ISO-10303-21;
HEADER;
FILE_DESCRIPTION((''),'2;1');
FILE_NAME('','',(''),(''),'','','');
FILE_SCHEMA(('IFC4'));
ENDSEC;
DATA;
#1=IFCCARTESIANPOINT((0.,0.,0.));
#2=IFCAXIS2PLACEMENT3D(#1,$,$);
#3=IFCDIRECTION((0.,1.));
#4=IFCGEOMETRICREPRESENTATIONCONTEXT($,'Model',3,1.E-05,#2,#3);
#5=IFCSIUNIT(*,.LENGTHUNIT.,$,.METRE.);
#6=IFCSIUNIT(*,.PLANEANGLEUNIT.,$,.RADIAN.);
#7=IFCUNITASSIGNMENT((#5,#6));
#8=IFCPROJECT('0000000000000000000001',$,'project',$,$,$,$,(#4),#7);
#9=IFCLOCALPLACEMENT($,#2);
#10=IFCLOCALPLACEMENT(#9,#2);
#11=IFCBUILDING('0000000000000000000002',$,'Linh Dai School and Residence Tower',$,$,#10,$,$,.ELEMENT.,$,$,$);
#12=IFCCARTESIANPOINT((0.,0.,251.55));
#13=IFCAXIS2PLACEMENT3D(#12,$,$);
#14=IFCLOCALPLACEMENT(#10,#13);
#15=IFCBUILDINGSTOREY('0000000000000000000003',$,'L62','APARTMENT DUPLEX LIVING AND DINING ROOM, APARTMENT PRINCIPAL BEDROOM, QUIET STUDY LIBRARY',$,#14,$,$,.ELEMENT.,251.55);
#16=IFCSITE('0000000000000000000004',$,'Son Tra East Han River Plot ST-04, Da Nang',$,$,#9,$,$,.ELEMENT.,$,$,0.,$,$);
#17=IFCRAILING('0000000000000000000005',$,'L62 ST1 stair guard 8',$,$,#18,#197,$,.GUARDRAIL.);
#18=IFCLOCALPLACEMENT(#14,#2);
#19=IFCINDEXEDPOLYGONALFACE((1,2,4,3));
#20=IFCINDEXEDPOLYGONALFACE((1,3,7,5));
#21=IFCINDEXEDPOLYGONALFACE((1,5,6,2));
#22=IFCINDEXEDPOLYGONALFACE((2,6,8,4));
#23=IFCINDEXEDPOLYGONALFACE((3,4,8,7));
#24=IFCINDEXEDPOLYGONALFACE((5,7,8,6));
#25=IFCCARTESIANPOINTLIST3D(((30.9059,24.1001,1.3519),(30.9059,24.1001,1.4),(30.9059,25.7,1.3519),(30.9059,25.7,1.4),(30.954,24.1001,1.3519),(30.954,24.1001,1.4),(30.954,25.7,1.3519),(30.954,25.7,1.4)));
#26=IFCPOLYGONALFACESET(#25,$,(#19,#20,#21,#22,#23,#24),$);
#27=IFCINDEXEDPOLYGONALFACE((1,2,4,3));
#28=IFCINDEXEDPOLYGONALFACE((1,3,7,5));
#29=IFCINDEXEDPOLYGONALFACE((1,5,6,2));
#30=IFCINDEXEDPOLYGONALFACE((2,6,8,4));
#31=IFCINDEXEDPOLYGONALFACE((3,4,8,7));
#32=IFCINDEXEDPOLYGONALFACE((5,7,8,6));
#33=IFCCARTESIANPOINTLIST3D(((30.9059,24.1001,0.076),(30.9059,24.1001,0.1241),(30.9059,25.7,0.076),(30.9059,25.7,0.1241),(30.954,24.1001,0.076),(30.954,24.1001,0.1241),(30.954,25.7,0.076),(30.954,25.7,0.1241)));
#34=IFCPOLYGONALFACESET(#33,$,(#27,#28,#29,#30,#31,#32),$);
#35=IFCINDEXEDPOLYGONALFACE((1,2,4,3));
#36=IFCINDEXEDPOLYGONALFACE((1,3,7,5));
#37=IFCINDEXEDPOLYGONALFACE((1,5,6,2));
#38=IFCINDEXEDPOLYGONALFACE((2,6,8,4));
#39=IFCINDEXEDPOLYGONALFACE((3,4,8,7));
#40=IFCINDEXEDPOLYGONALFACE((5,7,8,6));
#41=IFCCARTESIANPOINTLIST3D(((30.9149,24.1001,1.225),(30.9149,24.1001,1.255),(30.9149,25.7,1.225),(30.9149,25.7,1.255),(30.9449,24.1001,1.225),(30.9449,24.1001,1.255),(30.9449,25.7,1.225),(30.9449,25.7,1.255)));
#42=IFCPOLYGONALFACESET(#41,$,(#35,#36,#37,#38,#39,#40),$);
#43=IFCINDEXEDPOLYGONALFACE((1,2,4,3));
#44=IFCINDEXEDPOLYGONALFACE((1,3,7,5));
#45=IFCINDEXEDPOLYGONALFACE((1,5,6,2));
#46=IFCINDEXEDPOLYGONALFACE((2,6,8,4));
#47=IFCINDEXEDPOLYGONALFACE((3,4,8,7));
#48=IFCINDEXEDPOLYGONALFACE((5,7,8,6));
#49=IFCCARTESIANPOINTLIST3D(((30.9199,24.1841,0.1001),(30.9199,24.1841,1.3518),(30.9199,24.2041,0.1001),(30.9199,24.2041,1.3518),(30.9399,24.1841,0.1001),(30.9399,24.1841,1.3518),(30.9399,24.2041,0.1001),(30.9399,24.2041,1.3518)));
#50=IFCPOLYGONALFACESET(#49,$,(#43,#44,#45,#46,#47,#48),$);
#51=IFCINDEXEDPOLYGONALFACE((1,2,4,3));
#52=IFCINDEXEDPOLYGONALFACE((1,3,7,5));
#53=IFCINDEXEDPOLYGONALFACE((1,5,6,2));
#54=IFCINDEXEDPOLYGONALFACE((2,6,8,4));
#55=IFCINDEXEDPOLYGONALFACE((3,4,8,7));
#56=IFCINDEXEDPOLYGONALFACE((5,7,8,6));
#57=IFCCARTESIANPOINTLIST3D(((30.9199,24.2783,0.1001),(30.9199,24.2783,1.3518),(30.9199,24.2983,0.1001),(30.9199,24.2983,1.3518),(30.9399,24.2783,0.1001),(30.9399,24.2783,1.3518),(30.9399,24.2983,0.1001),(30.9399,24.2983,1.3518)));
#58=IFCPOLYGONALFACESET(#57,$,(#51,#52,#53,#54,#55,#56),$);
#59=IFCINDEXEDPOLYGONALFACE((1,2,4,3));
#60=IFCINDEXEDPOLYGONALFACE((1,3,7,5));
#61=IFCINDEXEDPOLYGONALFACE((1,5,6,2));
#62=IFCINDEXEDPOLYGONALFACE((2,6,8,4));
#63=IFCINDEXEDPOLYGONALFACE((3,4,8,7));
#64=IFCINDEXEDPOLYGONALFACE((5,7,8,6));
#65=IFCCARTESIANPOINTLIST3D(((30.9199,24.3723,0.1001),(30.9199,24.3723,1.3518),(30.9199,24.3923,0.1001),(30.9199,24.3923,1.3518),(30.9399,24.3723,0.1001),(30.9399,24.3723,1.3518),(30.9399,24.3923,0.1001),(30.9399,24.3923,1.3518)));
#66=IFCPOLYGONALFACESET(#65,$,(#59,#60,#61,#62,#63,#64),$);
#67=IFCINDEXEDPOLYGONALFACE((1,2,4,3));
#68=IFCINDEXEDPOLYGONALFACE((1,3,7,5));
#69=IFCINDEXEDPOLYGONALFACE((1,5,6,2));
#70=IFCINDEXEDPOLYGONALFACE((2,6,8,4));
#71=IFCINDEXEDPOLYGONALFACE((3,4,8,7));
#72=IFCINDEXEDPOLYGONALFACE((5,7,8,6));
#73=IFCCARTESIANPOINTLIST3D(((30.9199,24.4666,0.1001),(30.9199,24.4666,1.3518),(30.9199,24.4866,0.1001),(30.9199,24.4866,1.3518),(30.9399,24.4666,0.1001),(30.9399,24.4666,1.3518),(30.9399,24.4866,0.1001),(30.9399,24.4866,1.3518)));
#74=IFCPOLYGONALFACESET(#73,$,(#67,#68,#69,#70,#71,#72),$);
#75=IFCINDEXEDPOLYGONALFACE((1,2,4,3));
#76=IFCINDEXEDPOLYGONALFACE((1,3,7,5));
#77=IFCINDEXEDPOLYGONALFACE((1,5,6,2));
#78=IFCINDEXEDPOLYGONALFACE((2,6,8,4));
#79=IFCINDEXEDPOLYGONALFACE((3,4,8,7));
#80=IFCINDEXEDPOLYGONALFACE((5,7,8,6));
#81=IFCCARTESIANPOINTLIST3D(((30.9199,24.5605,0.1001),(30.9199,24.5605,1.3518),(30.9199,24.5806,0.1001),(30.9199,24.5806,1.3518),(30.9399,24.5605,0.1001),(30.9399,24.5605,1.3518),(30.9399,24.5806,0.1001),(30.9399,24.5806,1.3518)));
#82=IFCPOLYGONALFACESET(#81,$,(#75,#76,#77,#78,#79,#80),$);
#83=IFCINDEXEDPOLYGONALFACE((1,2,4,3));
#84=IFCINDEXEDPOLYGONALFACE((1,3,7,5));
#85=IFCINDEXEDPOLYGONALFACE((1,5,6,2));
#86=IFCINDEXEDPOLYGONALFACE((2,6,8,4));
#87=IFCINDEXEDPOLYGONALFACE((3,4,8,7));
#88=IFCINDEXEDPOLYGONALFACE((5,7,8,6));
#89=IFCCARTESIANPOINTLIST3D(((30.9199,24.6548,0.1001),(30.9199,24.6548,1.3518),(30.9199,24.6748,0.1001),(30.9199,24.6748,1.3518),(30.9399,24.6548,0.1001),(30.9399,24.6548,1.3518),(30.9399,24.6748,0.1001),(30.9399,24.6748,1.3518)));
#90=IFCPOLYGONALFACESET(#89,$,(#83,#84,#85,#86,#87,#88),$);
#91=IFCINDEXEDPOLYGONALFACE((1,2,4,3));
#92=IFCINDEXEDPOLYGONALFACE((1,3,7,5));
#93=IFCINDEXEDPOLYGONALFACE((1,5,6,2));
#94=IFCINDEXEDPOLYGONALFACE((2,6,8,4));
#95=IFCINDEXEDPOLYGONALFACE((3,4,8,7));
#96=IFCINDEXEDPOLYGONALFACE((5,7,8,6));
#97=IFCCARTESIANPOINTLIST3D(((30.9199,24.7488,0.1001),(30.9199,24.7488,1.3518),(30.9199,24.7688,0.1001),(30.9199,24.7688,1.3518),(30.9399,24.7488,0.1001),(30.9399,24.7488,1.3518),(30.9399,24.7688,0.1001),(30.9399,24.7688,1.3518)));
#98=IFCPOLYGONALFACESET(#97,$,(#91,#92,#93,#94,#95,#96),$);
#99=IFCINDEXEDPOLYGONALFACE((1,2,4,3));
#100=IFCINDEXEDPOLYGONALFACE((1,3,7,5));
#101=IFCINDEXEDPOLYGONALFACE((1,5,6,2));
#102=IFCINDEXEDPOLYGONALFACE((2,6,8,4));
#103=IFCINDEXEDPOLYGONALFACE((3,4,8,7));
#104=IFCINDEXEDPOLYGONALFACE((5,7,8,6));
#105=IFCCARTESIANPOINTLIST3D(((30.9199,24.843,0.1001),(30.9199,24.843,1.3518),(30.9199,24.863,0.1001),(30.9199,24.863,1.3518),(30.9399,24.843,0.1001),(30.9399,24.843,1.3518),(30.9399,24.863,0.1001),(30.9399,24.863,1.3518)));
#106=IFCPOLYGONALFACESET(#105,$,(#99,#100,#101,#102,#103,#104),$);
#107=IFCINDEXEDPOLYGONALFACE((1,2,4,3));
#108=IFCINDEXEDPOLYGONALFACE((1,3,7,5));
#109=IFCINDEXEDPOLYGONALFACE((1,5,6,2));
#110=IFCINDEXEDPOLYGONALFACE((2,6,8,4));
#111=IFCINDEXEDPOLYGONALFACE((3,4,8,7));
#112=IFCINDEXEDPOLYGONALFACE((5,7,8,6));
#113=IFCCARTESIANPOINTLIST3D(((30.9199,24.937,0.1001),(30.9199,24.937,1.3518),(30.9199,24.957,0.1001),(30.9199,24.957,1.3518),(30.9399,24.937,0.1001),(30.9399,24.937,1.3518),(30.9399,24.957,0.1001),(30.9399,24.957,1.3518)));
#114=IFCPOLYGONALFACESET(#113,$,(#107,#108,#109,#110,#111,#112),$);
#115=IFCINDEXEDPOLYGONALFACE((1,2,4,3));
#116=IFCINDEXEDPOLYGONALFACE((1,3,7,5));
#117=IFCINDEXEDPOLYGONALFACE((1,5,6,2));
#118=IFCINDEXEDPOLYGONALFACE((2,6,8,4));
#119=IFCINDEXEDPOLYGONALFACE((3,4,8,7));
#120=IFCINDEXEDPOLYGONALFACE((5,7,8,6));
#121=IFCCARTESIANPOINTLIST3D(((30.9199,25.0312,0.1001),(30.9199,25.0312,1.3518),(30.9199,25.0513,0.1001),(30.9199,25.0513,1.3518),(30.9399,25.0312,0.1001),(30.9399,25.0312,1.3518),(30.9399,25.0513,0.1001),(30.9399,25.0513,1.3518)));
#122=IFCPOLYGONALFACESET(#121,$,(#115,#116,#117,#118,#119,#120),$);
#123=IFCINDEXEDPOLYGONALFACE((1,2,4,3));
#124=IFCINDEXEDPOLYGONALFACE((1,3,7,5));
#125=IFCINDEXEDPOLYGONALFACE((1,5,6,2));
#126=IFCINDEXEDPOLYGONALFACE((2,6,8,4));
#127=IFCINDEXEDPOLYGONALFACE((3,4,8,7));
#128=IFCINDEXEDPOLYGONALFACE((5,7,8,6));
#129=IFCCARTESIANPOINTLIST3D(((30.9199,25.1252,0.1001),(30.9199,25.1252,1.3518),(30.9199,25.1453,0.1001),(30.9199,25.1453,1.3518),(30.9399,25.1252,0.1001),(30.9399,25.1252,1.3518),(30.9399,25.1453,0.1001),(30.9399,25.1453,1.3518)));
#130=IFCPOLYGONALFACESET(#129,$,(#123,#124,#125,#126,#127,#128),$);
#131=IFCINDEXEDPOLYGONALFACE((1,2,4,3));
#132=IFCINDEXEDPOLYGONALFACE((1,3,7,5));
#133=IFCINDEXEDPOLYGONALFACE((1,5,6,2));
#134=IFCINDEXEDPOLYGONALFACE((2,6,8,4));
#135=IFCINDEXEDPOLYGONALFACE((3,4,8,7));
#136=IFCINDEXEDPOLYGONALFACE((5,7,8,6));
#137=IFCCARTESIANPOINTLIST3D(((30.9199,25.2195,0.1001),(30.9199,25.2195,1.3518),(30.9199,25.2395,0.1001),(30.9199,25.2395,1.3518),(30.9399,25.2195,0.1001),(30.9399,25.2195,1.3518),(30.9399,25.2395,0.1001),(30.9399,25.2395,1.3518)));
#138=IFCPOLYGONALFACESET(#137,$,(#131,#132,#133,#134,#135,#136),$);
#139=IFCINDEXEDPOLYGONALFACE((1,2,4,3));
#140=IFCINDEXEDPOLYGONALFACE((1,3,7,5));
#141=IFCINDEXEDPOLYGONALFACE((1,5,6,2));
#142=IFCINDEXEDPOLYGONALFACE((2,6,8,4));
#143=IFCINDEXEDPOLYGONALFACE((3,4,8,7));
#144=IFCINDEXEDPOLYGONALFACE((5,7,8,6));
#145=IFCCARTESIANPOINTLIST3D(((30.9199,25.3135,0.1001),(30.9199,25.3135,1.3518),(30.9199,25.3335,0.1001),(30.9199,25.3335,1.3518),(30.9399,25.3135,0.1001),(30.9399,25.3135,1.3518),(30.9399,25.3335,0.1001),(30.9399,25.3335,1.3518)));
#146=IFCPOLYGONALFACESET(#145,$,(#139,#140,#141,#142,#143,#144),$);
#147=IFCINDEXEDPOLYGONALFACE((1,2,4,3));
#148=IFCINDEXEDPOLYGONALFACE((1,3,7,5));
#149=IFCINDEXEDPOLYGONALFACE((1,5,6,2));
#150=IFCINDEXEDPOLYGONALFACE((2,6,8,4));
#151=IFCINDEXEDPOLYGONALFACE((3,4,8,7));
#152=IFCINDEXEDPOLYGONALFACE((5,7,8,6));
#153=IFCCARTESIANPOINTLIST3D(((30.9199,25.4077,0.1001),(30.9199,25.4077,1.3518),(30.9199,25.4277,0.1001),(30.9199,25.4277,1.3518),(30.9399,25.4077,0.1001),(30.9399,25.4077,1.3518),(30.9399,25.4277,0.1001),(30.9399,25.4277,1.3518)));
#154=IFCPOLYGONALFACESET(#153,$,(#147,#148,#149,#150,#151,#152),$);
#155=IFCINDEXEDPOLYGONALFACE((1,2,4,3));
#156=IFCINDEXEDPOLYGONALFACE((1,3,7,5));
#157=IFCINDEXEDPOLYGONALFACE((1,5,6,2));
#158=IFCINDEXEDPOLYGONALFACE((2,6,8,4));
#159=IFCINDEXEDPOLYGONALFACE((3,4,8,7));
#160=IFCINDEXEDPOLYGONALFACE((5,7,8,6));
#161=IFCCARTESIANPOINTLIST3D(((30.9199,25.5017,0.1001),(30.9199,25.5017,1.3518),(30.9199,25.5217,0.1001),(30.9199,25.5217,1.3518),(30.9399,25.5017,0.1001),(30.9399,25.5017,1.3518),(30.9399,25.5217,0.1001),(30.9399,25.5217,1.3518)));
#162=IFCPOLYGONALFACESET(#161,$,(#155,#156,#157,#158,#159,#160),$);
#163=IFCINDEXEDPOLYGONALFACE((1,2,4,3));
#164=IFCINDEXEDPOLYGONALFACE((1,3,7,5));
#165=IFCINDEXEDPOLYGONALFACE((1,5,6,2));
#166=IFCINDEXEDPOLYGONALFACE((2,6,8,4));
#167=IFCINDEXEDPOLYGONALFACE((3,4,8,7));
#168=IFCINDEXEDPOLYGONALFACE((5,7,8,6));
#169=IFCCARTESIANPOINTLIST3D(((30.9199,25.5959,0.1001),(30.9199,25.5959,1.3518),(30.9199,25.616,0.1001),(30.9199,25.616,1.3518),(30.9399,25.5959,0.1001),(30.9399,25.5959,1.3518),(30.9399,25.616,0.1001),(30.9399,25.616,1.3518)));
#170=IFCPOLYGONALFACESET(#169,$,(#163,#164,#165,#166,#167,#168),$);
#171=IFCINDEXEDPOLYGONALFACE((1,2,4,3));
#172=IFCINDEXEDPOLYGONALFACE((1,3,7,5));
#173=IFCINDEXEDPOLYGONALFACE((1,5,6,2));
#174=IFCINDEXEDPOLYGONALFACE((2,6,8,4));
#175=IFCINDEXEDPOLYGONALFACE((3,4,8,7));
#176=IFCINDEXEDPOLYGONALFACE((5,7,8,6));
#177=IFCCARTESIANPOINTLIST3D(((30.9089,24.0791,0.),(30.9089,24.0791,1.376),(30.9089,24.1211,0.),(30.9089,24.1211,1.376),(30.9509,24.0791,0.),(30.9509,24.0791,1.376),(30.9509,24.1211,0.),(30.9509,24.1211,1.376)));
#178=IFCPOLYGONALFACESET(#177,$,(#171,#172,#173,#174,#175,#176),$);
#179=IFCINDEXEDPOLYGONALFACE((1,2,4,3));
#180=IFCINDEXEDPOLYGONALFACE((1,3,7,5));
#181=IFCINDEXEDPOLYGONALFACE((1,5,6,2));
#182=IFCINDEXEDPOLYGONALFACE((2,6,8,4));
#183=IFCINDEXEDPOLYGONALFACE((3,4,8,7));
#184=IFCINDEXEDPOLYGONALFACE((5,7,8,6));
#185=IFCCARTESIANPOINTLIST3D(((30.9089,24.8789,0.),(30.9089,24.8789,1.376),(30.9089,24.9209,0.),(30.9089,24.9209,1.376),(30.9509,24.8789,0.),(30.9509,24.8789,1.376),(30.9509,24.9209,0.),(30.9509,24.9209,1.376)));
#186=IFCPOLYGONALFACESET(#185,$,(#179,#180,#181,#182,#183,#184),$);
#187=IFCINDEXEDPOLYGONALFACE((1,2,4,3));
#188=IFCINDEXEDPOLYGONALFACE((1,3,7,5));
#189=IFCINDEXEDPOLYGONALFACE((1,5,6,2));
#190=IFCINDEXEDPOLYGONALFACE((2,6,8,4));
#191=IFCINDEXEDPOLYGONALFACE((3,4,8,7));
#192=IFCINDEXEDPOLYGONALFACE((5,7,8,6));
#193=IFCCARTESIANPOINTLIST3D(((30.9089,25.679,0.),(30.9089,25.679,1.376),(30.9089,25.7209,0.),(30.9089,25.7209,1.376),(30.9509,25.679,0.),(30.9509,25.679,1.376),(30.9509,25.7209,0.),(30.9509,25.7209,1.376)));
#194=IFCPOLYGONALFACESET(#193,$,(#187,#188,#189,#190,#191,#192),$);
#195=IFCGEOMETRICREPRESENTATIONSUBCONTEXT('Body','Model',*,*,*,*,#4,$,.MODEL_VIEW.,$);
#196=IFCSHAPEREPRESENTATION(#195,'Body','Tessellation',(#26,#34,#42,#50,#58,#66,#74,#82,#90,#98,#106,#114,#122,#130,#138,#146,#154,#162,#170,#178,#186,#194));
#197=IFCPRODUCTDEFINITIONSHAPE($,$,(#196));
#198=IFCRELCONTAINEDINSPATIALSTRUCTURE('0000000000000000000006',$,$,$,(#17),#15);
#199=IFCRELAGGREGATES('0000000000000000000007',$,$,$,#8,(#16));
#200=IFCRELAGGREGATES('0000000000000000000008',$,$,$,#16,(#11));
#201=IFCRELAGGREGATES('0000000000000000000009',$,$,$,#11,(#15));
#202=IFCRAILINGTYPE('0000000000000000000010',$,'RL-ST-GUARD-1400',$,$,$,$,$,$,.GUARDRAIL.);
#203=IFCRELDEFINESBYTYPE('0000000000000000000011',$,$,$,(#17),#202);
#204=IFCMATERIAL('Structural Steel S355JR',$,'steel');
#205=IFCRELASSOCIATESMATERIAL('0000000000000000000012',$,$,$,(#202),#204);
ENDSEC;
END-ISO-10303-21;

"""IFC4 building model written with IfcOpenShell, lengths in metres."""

from ifc_helpers import new_model, si_unit, direction, frame, origin, origin_2d, place, context, subcontext, project, spatial, rectangle, extrude, source, transform, mapped, material, type_object, element, save


model = new_model("IFC4")

# Units and contexts
model_context = context("Model", 3, precision=1e-05, world=origin(), true_north=direction((0.0, 1.0)))
body_context = subcontext(model_context, "Body", "Model", "MODEL_VIEW")
ifc_project = project(units=[si_unit("LENGTHUNIT", "METRE"), si_unit("PLANEANGLEUNIT", "RADIAN")], contexts=[model_context])

# Site, building, storey
site_placement = place(None, origin())
site = spatial("IfcSite", under=ifc_project, at=site_placement, Name="Son Tra East Han River Plot ST-04, Da Nang", CompositionType="ELEMENT", RefElevation=0.0)
building_placement = place(site_placement, origin())
building = spatial("IfcBuilding", under=site, at=building_placement, Name="Linh Dai School and Residence Tower", CompositionType="ELEMENT")
storey_placement = place(building_placement, frame((0.0, 0.0, 251.55)))
storey = spatial("IfcBuildingStorey", under=building, at=storey_placement, Name="L62", Description="APARTMENT DUPLEX LIVING AND DINING ROOM, APARTMENT PRINCIPAL BEDROOM, QUIET STUDY LIBRARY", CompositionType="ELEMENT", Elevation=251.55)

# Shared definitions
ifc_material_1 = material(Name="Structural Steel S355JR", Category="steel")

# Railing
railing_type = type_object("IfcRailingType", Name="RL-ST-GUARD-1400", PredefinedType="GUARDRAIL", material=ifc_material_1)
shared_shape_1 = source(origin(), body_context, "Body", "SweptSolid", [
    extrude(rectangle(XDim=0.0481, YDim=0.0481, at=origin_2d()), frame((0.0, 0.0, 1.376), z_axis=(0.0, 1.0, 0.0), x_axis=(-1.0, 0.0, 0.0)), (0.0, 0.0, 1.0), 1.5999),
    extrude(rectangle(XDim=0.0481, YDim=0.0481, at=origin_2d()), frame((0.0, 0.0, 0.1001), z_axis=(0.0, 1.0, 0.0), x_axis=(-1.0, 0.0, 0.0)), (0.0, 0.0, 1.0), 1.5999),
    extrude(rectangle(XDim=0.03, YDim=0.03, at=origin_2d()), frame((0.0, 0.0, 1.24), z_axis=(0.0, 1.0, 0.0), x_axis=(-1.0, 0.0, 0.0)), (0.0, 0.0, 1.0), 1.5999),
    extrude(rectangle(XDim=0.02, YDim=0.02, at=origin_2d()), frame((0.0, 0.094, 0.1001)), (0.0, 0.0, 1.0), 1.2517),
    extrude(rectangle(XDim=0.02, YDim=0.02, at=origin_2d()), frame((0.0, 0.1882, 0.1001)), (0.0, 0.0, 1.0), 1.2517),
    extrude(rectangle(XDim=0.02, YDim=0.02, at=origin_2d()), frame((0.0, 0.2822, 0.1001)), (0.0, 0.0, 1.0), 1.2517),
    extrude(rectangle(XDim=0.02, YDim=0.02, at=origin_2d()), frame((0.0, 0.3765, 0.1001)), (0.0, 0.0, 1.0), 1.2517),
    extrude(rectangle(XDim=0.02, YDim=0.02, at=origin_2d()), frame((0.0, 0.4705, 0.1001)), (0.0, 0.0, 1.0), 1.2517),
    extrude(rectangle(XDim=0.02, YDim=0.02, at=origin_2d()), frame((0.0, 0.5647, 0.1001)), (0.0, 0.0, 1.0), 1.2517),
    extrude(rectangle(XDim=0.02, YDim=0.02, at=origin_2d()), frame((0.0, 0.6587, 0.1001)), (0.0, 0.0, 1.0), 1.2517),
    extrude(rectangle(XDim=0.02, YDim=0.02, at=origin_2d()), frame((0.0, 0.7529, 0.1001)), (0.0, 0.0, 1.0), 1.2517),
    extrude(rectangle(XDim=0.02, YDim=0.02, at=origin_2d()), frame((0.0, 0.8469, 0.1001)), (0.0, 0.0, 1.0), 1.2517),
    extrude(rectangle(XDim=0.02, YDim=0.02, at=origin_2d()), frame((0.0, 0.9412, 0.1001)), (0.0, 0.0, 1.0), 1.2517),
    extrude(rectangle(XDim=0.02, YDim=0.02, at=origin_2d()), frame((0.0, 1.0352, 0.1001)), (0.0, 0.0, 1.0), 1.2517),
    extrude(rectangle(XDim=0.02, YDim=0.02, at=origin_2d()), frame((0.0, 1.1294, 0.1001)), (0.0, 0.0, 1.0), 1.2517),
    extrude(rectangle(XDim=0.02, YDim=0.02, at=origin_2d()), frame((0.0, 1.2234, 0.1001)), (0.0, 0.0, 1.0), 1.2517),
    extrude(rectangle(XDim=0.02, YDim=0.02, at=origin_2d()), frame((0.0, 1.3176, 0.1001)), (0.0, 0.0, 1.0), 1.2517),
    extrude(rectangle(XDim=0.02, YDim=0.02, at=origin_2d()), frame((0.0, 1.4116, 0.1001)), (0.0, 0.0, 1.0), 1.2517),
    extrude(rectangle(XDim=0.02, YDim=0.02, at=origin_2d()), frame((0.0, 1.5059, 0.1001)), (0.0, 0.0, 1.0), 1.2517),
    extrude(rectangle(XDim=0.042, YDim=0.042, at=origin_2d()), origin(), (0.0, 0.0, 1.0), 1.376),
    extrude(rectangle(XDim=0.042, YDim=0.042, at=origin_2d()), frame((0.0, 0.7998, 0.0)), (0.0, 0.0, 1.0), 1.376),
    extrude(rectangle(XDim=0.042, YDim=0.042, at=origin_2d()), frame((0.0, 1.5999, 0.0)), (0.0, 0.0, 1.0), 1.376),
])
for number, where, name in (
    (1, (30.9299, 24.1001, 0.0), "L62 ST1 stair guard 8"),
):
    element("IfcRailing", number, at=place(storey_placement, frame(where)), inside=storey, type_object=railing_type, Name=name, PredefinedType="GUARDRAIL", context=body_context, shape_type="MappedRepresentation", body=[
        mapped(shared_shape_1, transform((0.0, 0.0, 0.0), x_axis=(1.0, 0.0, 0.0), y_axis=(0.0, 1.0, 0.0), z_axis=(0.0, 0.0, 1.0), scale=1.0)),
    ])

save(model, "model.ifc")
